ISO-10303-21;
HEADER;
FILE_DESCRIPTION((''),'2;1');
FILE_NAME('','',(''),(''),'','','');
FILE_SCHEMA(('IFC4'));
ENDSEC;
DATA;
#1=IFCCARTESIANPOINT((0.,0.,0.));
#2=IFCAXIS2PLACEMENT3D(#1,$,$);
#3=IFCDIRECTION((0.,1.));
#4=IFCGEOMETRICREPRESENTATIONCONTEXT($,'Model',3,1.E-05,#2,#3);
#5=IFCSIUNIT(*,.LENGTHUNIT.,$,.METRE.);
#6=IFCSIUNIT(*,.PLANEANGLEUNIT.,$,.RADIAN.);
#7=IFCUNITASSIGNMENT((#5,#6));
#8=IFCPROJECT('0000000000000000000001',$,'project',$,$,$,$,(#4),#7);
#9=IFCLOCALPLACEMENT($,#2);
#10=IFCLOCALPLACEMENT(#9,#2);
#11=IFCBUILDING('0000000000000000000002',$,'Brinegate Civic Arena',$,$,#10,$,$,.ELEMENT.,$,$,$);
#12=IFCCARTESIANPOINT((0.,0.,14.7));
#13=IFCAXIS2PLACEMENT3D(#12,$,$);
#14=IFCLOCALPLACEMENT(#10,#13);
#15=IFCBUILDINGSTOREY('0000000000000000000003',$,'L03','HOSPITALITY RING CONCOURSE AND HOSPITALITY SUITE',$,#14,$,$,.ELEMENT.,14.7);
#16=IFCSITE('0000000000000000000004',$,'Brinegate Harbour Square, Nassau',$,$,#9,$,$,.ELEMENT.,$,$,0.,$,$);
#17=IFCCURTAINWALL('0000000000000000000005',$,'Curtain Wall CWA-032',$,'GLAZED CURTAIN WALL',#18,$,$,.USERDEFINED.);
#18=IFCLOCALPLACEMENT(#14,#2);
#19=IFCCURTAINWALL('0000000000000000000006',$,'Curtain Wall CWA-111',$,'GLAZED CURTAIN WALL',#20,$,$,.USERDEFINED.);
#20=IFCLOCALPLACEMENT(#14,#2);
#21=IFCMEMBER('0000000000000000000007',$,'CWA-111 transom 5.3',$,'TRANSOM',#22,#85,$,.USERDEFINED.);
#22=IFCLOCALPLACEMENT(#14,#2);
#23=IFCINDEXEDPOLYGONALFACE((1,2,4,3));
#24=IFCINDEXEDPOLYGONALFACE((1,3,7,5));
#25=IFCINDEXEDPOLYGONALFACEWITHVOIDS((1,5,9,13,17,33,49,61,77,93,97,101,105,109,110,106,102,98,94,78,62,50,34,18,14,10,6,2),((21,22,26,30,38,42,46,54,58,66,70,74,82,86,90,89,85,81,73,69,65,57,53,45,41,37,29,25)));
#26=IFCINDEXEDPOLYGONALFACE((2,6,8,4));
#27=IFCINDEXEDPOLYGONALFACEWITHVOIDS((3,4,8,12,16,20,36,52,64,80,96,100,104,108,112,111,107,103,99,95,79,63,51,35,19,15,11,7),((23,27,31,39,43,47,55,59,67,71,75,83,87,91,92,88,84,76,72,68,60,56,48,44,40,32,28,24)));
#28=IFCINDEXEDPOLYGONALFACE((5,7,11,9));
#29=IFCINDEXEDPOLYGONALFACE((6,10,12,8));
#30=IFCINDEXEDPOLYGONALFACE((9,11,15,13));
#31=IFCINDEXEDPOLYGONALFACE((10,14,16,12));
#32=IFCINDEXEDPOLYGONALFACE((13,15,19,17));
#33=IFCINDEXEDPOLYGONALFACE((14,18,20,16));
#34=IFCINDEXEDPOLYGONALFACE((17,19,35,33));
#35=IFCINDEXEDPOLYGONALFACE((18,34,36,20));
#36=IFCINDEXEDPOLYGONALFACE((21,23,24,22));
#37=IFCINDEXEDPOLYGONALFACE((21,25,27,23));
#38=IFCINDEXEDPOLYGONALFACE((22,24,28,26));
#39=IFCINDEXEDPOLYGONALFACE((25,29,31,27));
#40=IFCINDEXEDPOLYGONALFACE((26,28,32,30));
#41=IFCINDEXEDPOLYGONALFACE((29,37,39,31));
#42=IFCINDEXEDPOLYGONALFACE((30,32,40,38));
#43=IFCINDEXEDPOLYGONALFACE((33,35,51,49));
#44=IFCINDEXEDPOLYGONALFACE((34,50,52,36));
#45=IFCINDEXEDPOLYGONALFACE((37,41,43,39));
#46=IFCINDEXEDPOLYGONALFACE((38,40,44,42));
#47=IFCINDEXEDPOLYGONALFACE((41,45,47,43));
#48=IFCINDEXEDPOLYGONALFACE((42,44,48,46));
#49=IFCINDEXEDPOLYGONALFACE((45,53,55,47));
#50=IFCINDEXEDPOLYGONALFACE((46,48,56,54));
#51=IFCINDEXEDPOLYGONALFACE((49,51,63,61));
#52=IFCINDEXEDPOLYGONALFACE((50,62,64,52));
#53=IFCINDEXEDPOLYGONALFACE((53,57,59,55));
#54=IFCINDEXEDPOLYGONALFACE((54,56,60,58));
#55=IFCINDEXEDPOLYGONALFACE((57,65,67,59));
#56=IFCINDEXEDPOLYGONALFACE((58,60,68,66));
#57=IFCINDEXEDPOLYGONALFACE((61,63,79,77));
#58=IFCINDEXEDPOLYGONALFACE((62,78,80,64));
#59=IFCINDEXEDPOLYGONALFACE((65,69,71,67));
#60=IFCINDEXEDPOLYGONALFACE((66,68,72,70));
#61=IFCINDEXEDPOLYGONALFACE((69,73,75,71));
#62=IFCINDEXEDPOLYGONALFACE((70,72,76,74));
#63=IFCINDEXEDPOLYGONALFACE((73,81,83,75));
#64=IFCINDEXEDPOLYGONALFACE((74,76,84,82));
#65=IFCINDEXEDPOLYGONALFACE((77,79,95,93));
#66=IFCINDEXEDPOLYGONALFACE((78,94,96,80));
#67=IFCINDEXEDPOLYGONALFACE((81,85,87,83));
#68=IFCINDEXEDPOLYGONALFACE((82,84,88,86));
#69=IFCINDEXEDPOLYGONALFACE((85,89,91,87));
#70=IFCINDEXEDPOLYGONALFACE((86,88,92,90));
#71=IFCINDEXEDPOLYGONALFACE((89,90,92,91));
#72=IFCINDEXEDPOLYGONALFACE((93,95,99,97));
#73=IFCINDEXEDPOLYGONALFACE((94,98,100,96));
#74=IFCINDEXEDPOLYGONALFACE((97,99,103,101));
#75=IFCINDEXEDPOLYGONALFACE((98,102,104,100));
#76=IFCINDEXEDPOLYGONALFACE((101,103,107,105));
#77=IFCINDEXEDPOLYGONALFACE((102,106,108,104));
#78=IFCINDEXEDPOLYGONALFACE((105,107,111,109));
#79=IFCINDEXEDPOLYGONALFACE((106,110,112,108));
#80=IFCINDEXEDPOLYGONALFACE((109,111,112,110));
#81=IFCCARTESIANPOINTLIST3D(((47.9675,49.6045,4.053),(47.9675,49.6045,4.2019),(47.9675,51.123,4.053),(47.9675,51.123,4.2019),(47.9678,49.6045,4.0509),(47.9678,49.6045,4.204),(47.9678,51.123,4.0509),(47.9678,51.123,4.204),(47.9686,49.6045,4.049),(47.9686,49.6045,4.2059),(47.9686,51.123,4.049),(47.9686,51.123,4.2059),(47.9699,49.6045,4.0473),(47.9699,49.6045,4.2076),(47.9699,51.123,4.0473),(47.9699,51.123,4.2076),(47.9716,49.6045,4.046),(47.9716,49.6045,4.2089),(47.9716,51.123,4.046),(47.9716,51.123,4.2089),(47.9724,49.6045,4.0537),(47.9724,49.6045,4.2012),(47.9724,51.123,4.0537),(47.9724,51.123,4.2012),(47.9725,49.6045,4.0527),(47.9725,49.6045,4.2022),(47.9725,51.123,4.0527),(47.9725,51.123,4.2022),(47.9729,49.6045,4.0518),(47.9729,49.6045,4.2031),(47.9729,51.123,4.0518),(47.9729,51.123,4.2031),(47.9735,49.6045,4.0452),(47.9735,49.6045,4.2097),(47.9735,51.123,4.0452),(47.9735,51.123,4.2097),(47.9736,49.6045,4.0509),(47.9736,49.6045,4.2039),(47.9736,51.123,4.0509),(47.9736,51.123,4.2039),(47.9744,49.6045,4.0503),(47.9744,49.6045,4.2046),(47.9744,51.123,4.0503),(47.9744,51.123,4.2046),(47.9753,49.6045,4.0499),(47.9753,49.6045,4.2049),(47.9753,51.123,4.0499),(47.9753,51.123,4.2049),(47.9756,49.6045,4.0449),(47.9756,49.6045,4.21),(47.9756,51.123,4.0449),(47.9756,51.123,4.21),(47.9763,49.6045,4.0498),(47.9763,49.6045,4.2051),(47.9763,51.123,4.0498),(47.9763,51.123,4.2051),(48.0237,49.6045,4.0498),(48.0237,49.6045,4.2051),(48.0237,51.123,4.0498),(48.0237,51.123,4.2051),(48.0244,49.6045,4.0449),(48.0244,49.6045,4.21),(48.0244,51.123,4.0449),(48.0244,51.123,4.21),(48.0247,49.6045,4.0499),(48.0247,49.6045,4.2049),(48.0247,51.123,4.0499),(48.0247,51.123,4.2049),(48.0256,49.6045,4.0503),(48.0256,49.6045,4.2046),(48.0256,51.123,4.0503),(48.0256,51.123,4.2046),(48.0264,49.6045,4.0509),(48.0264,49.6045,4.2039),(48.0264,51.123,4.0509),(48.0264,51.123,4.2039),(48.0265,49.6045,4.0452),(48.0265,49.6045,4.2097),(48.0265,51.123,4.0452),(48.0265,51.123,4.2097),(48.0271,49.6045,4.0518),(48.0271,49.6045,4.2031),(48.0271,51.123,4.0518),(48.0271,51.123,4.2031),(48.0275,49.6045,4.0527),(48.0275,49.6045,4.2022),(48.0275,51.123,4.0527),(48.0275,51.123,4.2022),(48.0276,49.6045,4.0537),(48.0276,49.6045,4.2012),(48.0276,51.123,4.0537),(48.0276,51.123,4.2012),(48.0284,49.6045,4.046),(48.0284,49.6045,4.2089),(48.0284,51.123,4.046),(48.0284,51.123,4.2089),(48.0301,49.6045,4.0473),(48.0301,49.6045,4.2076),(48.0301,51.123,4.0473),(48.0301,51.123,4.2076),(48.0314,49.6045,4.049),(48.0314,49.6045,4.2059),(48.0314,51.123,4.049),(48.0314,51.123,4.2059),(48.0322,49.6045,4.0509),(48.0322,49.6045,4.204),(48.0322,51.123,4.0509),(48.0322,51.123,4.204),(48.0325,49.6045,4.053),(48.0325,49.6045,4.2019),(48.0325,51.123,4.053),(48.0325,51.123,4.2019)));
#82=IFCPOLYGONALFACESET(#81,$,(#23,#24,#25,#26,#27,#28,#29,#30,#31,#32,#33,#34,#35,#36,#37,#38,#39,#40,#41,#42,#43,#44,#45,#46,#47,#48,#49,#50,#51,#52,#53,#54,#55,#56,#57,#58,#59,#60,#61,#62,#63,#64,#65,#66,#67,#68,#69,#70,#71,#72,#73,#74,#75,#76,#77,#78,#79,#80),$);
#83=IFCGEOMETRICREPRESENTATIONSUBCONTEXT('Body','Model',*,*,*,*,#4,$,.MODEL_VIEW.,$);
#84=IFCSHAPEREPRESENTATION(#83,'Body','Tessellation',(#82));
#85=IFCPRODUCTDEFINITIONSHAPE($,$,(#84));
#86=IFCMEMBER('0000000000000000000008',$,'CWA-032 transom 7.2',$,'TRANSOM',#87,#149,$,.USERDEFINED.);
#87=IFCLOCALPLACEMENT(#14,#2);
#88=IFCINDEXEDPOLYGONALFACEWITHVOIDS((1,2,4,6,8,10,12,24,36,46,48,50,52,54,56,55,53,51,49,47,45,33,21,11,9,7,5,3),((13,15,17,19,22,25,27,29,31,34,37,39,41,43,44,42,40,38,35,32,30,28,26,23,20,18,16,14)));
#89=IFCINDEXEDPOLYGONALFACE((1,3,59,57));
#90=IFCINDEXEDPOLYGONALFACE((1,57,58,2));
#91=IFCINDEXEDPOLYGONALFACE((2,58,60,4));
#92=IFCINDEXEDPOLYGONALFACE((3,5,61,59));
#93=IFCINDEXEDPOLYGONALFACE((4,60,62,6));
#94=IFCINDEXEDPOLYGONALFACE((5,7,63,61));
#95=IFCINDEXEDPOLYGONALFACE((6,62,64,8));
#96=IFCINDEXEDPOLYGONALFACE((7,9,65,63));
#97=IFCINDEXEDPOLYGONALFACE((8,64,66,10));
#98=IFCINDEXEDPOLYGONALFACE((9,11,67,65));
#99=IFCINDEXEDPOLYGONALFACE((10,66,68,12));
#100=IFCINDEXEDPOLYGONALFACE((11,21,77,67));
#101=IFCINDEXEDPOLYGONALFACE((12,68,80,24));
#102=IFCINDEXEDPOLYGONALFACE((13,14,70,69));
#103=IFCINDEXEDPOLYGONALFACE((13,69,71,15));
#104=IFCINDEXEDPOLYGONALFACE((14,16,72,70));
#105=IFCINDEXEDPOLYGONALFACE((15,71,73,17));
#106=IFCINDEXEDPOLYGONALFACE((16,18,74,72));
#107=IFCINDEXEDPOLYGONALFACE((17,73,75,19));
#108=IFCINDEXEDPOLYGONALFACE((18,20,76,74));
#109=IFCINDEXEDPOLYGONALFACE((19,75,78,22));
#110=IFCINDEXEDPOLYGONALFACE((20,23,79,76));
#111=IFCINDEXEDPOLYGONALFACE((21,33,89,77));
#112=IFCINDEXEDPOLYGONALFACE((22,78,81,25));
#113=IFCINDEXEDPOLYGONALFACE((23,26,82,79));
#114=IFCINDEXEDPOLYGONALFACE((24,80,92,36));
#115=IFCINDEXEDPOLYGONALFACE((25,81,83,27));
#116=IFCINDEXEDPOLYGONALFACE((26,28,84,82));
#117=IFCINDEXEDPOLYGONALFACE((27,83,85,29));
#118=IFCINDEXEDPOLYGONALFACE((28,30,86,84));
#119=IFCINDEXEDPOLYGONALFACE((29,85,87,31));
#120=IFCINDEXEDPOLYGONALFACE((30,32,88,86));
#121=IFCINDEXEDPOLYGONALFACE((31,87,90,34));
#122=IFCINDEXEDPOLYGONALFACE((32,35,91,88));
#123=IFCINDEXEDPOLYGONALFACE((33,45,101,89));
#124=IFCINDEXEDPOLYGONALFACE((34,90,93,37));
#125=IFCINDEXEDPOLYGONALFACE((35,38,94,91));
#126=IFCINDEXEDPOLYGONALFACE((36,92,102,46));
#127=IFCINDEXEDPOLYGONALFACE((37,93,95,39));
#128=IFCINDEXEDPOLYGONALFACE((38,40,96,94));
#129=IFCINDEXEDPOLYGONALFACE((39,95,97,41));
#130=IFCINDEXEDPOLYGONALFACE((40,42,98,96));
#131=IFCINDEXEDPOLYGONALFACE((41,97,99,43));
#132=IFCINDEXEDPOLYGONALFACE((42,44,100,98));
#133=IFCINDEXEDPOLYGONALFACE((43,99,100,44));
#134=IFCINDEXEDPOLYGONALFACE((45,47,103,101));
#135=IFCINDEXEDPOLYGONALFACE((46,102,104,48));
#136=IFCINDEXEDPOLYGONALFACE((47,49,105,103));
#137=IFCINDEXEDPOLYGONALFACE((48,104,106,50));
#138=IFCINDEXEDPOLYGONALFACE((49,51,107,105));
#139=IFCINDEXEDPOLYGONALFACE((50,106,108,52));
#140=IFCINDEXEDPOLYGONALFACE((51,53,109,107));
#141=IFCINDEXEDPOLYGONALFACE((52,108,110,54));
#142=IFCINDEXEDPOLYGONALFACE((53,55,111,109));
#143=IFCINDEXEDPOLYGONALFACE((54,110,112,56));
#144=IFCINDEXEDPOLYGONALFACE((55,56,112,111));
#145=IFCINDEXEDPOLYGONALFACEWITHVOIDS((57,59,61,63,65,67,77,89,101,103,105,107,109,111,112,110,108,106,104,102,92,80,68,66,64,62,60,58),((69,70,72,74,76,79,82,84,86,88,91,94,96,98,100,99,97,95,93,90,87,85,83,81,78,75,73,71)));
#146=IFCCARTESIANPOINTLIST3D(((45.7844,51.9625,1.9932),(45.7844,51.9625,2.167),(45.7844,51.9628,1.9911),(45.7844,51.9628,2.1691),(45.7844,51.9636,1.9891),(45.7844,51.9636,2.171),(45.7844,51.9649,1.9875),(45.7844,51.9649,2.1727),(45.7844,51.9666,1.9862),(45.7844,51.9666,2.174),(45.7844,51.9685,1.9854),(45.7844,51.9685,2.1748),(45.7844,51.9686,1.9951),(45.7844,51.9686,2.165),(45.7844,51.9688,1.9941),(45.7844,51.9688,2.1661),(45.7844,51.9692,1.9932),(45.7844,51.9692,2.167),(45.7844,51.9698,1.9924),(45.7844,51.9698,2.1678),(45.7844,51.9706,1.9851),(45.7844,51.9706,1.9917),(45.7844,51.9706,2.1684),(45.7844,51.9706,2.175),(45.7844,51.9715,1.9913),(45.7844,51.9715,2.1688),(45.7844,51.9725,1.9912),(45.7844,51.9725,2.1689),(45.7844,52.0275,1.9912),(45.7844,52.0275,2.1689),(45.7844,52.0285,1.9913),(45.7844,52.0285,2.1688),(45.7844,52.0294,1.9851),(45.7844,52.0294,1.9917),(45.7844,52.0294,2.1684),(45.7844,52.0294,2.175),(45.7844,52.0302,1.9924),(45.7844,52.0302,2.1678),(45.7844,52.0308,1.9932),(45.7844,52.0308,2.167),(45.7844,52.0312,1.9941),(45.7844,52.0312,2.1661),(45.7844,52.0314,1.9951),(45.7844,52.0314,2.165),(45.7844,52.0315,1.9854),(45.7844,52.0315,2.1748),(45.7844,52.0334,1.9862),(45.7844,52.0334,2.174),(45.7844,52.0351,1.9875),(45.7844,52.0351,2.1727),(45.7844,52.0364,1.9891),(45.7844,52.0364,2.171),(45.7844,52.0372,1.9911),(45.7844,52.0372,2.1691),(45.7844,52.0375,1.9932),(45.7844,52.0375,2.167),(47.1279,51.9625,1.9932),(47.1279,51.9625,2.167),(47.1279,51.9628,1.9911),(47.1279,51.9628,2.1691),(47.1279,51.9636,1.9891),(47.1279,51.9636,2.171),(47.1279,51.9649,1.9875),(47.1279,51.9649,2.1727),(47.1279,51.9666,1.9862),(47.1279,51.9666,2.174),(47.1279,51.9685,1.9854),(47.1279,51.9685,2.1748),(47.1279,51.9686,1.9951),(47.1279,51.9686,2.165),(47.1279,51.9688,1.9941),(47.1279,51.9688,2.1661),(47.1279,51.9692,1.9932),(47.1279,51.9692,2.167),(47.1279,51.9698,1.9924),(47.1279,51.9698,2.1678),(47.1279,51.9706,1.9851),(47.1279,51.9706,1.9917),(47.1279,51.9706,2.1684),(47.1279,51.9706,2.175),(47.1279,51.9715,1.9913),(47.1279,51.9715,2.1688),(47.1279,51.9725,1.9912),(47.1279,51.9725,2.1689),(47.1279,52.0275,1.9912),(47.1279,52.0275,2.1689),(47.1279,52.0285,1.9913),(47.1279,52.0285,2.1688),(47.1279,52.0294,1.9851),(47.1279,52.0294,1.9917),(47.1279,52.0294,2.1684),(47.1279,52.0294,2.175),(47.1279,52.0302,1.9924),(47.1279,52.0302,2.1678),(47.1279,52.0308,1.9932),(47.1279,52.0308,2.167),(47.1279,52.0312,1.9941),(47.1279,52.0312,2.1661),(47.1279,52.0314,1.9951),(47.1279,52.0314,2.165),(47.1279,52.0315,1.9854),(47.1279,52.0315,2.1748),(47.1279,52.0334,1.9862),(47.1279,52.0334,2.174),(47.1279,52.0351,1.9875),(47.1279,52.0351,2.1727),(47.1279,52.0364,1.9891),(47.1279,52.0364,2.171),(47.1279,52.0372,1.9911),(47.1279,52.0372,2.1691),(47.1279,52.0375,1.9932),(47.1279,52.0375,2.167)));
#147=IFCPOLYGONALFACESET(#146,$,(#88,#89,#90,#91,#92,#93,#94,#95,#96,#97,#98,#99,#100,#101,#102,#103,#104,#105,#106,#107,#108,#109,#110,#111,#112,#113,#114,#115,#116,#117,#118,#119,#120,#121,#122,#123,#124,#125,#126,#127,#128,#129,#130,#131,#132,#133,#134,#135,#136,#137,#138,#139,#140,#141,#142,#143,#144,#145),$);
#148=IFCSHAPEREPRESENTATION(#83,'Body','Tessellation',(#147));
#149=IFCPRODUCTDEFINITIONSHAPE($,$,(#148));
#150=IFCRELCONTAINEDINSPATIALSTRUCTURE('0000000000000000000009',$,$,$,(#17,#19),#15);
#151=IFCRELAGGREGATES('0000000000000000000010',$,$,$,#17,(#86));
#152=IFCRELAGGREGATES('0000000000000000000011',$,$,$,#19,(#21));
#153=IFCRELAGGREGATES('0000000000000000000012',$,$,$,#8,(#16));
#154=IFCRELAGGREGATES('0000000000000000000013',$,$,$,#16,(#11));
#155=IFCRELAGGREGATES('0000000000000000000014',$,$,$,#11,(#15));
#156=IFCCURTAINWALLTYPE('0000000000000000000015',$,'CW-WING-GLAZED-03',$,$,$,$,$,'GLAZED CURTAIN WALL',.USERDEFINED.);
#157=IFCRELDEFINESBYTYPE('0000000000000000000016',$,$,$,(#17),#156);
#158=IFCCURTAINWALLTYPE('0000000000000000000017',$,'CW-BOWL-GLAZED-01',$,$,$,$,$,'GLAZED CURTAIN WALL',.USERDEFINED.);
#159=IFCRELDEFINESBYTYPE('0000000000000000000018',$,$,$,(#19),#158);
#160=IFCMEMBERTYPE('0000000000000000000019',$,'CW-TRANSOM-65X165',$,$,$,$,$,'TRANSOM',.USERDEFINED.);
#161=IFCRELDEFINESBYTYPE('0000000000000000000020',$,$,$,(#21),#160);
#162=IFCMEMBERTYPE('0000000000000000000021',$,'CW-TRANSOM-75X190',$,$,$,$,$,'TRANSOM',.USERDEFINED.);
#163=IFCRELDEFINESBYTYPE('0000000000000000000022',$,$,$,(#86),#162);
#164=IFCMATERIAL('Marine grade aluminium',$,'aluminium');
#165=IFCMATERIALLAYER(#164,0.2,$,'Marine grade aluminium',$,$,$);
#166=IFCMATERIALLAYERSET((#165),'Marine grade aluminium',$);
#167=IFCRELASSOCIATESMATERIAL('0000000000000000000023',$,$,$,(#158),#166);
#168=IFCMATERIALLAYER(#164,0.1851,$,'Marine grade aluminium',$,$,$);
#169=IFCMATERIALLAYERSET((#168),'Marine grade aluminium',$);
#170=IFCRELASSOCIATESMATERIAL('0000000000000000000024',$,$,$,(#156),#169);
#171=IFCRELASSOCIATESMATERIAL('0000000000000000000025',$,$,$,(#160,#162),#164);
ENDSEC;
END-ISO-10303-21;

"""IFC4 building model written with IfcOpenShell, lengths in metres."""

from ifc_helpers import new_model, si_unit, direction, frame, origin, origin_2d, place, context, subcontext, project, spatial, hollow_rectangle, extrude, material, layer, layer_set, material_profile, profile_set, type_object, element, aggregate, save


model = new_model("IFC4")

# Units and contexts
model_context = context("Model", 3, precision=1e-05, world=origin(), true_north=direction((0.0, 1.0)))
body_context = subcontext(model_context, "Body", "Model", "MODEL_VIEW")
ifc_project = project(units=[si_unit("LENGTHUNIT", "METRE"), si_unit("PLANEANGLEUNIT", "RADIAN")], contexts=[model_context])

# Site, building, storey
site_placement = place(None, origin())
site = spatial("IfcSite", under=ifc_project, at=site_placement, Name="Brinegate Harbour Square, Nassau", CompositionType="ELEMENT", RefElevation=0.0)
building_placement = place(site_placement, origin())
building = spatial("IfcBuilding", under=site, at=building_placement, Name="Brinegate Civic Arena", CompositionType="ELEMENT")
storey_placement = place(building_placement, frame((0.0, 0.0, 14.7)))
storey = spatial("IfcBuildingStorey", under=building, at=storey_placement, Name="L03", Description="HOSPITALITY RING CONCOURSE AND HOSPITALITY SUITE", CompositionType="ELEMENT", Elevation=14.7)

# Shared definitions
ifc_material_1 = material(Name="Marine grade aluminium", Category="aluminium")
ifc_layer_1 = layer(ifc_material_1, 0.2, Name="Marine grade aluminium")
ifc_layer_set_1 = layer_set([ifc_layer_1], Name="Marine grade aluminium")
curtain_wall_type_1 = type_object("IfcCurtainWallType", Name="CW-BOWL-GLAZED-01", ElementType="GLAZED CURTAIN WALL", PredefinedType="USERDEFINED", material=ifc_layer_set_1)

# Curtain wall
ifc_layer_2 = layer(ifc_material_1, 0.1851, Name="Marine grade aluminium")
ifc_layer_set_2 = layer_set([ifc_layer_2], Name="Marine grade aluminium")
curtain_wall_type_2 = type_object("IfcCurtainWallType", Name="CW-WING-GLAZED-03", ElementType="GLAZED CURTAIN WALL", PredefinedType="USERDEFINED", material=ifc_layer_set_2)
curtain_wall_1_placement = place(storey_placement, origin())
curtain_wall_1 = element("IfcCurtainWall", 1, at=curtain_wall_1_placement, inside=storey, type_object=curtain_wall_type_2, Name="Curtain Wall CWA-032", ObjectType="GLAZED CURTAIN WALL", PredefinedType="USERDEFINED")

# Curtain wall
curtain_wall_2_placement = place(storey_placement, origin())
curtain_wall_2 = element("IfcCurtainWall", 2, at=curtain_wall_2_placement, inside=storey, type_object=curtain_wall_type_1, Name="Curtain Wall CWA-111", ObjectType="GLAZED CURTAIN WALL", PredefinedType="USERDEFINED")

# Members
ifc_material_profile_1 = material_profile(ifc_material_1, hollow_rectangle(XDim=0.0649, YDim=0.165, WallThickness=0.0049, InnerFilletRadius=0.0039, OuterFilletRadius=0.0081, at=origin_2d()), Name="TRN65X165")
ifc_profile_set_1 = profile_set([ifc_material_profile_1], Name="Marine grade aluminium")
member_type_1 = type_object("IfcMemberType", Name="CW-TRANSOM-65X165", ElementType="TRANSOM", PredefinedType="USERDEFINED", material=ifc_profile_set_1)
member_1_placement = place(storey_placement, frame((48.0, 49.6045, 4.1274), z_axis=(0.0, 1.0, 0.0), x_axis=(-1.0, 0.0, 0.0)))
member_1 = element("IfcMember", 3, at=member_1_placement, type_object=member_type_1, Name="CWA-111 transom 5.3", ObjectType="TRANSOM", PredefinedType="USERDEFINED", context=body_context, shape_type="SweptSolid", body=[
    extrude(hollow_rectangle(XDim=0.0649, YDim=0.165, WallThickness=0.0049, InnerFilletRadius=0.0039, OuterFilletRadius=0.0081, at=origin_2d()), origin(), (0.0, 0.0, 1.0), 1.5186),
])
ifc_material_profile_2 = material_profile(ifc_material_1, hollow_rectangle(XDim=0.075, YDim=0.1899, WallThickness=0.0061, InnerFilletRadius=0.0039, OuterFilletRadius=0.0081, at=origin_2d()), Name="TRN75X190")
ifc_profile_set_2 = profile_set([ifc_material_profile_2], Name="Marine grade aluminium")
member_type_2 = type_object("IfcMemberType", Name="CW-TRANSOM-75X190", ElementType="TRANSOM", PredefinedType="USERDEFINED", material=ifc_profile_set_2)
member_2_placement = place(storey_placement, frame((45.7844, 52.0, 2.0801), z_axis=(1.0, 0.0, 0.0), x_axis=(0.0, 1.0, 0.0)))
member_2 = element("IfcMember", 4, at=member_2_placement, type_object=member_type_2, Name="CWA-032 transom 7.2", ObjectType="TRANSOM", PredefinedType="USERDEFINED", context=body_context, shape_type="SweptSolid", body=[
    extrude(hollow_rectangle(XDim=0.075, YDim=0.1899, WallThickness=0.0061, InnerFilletRadius=0.0039, OuterFilletRadius=0.0081, at=origin_2d()), origin(), (0.0, 0.0, 1.0), 1.3435),
])

aggregate(curtain_wall_1, [member_2])
aggregate(curtain_wall_2, [member_1])

save(model, "model.ifc")
